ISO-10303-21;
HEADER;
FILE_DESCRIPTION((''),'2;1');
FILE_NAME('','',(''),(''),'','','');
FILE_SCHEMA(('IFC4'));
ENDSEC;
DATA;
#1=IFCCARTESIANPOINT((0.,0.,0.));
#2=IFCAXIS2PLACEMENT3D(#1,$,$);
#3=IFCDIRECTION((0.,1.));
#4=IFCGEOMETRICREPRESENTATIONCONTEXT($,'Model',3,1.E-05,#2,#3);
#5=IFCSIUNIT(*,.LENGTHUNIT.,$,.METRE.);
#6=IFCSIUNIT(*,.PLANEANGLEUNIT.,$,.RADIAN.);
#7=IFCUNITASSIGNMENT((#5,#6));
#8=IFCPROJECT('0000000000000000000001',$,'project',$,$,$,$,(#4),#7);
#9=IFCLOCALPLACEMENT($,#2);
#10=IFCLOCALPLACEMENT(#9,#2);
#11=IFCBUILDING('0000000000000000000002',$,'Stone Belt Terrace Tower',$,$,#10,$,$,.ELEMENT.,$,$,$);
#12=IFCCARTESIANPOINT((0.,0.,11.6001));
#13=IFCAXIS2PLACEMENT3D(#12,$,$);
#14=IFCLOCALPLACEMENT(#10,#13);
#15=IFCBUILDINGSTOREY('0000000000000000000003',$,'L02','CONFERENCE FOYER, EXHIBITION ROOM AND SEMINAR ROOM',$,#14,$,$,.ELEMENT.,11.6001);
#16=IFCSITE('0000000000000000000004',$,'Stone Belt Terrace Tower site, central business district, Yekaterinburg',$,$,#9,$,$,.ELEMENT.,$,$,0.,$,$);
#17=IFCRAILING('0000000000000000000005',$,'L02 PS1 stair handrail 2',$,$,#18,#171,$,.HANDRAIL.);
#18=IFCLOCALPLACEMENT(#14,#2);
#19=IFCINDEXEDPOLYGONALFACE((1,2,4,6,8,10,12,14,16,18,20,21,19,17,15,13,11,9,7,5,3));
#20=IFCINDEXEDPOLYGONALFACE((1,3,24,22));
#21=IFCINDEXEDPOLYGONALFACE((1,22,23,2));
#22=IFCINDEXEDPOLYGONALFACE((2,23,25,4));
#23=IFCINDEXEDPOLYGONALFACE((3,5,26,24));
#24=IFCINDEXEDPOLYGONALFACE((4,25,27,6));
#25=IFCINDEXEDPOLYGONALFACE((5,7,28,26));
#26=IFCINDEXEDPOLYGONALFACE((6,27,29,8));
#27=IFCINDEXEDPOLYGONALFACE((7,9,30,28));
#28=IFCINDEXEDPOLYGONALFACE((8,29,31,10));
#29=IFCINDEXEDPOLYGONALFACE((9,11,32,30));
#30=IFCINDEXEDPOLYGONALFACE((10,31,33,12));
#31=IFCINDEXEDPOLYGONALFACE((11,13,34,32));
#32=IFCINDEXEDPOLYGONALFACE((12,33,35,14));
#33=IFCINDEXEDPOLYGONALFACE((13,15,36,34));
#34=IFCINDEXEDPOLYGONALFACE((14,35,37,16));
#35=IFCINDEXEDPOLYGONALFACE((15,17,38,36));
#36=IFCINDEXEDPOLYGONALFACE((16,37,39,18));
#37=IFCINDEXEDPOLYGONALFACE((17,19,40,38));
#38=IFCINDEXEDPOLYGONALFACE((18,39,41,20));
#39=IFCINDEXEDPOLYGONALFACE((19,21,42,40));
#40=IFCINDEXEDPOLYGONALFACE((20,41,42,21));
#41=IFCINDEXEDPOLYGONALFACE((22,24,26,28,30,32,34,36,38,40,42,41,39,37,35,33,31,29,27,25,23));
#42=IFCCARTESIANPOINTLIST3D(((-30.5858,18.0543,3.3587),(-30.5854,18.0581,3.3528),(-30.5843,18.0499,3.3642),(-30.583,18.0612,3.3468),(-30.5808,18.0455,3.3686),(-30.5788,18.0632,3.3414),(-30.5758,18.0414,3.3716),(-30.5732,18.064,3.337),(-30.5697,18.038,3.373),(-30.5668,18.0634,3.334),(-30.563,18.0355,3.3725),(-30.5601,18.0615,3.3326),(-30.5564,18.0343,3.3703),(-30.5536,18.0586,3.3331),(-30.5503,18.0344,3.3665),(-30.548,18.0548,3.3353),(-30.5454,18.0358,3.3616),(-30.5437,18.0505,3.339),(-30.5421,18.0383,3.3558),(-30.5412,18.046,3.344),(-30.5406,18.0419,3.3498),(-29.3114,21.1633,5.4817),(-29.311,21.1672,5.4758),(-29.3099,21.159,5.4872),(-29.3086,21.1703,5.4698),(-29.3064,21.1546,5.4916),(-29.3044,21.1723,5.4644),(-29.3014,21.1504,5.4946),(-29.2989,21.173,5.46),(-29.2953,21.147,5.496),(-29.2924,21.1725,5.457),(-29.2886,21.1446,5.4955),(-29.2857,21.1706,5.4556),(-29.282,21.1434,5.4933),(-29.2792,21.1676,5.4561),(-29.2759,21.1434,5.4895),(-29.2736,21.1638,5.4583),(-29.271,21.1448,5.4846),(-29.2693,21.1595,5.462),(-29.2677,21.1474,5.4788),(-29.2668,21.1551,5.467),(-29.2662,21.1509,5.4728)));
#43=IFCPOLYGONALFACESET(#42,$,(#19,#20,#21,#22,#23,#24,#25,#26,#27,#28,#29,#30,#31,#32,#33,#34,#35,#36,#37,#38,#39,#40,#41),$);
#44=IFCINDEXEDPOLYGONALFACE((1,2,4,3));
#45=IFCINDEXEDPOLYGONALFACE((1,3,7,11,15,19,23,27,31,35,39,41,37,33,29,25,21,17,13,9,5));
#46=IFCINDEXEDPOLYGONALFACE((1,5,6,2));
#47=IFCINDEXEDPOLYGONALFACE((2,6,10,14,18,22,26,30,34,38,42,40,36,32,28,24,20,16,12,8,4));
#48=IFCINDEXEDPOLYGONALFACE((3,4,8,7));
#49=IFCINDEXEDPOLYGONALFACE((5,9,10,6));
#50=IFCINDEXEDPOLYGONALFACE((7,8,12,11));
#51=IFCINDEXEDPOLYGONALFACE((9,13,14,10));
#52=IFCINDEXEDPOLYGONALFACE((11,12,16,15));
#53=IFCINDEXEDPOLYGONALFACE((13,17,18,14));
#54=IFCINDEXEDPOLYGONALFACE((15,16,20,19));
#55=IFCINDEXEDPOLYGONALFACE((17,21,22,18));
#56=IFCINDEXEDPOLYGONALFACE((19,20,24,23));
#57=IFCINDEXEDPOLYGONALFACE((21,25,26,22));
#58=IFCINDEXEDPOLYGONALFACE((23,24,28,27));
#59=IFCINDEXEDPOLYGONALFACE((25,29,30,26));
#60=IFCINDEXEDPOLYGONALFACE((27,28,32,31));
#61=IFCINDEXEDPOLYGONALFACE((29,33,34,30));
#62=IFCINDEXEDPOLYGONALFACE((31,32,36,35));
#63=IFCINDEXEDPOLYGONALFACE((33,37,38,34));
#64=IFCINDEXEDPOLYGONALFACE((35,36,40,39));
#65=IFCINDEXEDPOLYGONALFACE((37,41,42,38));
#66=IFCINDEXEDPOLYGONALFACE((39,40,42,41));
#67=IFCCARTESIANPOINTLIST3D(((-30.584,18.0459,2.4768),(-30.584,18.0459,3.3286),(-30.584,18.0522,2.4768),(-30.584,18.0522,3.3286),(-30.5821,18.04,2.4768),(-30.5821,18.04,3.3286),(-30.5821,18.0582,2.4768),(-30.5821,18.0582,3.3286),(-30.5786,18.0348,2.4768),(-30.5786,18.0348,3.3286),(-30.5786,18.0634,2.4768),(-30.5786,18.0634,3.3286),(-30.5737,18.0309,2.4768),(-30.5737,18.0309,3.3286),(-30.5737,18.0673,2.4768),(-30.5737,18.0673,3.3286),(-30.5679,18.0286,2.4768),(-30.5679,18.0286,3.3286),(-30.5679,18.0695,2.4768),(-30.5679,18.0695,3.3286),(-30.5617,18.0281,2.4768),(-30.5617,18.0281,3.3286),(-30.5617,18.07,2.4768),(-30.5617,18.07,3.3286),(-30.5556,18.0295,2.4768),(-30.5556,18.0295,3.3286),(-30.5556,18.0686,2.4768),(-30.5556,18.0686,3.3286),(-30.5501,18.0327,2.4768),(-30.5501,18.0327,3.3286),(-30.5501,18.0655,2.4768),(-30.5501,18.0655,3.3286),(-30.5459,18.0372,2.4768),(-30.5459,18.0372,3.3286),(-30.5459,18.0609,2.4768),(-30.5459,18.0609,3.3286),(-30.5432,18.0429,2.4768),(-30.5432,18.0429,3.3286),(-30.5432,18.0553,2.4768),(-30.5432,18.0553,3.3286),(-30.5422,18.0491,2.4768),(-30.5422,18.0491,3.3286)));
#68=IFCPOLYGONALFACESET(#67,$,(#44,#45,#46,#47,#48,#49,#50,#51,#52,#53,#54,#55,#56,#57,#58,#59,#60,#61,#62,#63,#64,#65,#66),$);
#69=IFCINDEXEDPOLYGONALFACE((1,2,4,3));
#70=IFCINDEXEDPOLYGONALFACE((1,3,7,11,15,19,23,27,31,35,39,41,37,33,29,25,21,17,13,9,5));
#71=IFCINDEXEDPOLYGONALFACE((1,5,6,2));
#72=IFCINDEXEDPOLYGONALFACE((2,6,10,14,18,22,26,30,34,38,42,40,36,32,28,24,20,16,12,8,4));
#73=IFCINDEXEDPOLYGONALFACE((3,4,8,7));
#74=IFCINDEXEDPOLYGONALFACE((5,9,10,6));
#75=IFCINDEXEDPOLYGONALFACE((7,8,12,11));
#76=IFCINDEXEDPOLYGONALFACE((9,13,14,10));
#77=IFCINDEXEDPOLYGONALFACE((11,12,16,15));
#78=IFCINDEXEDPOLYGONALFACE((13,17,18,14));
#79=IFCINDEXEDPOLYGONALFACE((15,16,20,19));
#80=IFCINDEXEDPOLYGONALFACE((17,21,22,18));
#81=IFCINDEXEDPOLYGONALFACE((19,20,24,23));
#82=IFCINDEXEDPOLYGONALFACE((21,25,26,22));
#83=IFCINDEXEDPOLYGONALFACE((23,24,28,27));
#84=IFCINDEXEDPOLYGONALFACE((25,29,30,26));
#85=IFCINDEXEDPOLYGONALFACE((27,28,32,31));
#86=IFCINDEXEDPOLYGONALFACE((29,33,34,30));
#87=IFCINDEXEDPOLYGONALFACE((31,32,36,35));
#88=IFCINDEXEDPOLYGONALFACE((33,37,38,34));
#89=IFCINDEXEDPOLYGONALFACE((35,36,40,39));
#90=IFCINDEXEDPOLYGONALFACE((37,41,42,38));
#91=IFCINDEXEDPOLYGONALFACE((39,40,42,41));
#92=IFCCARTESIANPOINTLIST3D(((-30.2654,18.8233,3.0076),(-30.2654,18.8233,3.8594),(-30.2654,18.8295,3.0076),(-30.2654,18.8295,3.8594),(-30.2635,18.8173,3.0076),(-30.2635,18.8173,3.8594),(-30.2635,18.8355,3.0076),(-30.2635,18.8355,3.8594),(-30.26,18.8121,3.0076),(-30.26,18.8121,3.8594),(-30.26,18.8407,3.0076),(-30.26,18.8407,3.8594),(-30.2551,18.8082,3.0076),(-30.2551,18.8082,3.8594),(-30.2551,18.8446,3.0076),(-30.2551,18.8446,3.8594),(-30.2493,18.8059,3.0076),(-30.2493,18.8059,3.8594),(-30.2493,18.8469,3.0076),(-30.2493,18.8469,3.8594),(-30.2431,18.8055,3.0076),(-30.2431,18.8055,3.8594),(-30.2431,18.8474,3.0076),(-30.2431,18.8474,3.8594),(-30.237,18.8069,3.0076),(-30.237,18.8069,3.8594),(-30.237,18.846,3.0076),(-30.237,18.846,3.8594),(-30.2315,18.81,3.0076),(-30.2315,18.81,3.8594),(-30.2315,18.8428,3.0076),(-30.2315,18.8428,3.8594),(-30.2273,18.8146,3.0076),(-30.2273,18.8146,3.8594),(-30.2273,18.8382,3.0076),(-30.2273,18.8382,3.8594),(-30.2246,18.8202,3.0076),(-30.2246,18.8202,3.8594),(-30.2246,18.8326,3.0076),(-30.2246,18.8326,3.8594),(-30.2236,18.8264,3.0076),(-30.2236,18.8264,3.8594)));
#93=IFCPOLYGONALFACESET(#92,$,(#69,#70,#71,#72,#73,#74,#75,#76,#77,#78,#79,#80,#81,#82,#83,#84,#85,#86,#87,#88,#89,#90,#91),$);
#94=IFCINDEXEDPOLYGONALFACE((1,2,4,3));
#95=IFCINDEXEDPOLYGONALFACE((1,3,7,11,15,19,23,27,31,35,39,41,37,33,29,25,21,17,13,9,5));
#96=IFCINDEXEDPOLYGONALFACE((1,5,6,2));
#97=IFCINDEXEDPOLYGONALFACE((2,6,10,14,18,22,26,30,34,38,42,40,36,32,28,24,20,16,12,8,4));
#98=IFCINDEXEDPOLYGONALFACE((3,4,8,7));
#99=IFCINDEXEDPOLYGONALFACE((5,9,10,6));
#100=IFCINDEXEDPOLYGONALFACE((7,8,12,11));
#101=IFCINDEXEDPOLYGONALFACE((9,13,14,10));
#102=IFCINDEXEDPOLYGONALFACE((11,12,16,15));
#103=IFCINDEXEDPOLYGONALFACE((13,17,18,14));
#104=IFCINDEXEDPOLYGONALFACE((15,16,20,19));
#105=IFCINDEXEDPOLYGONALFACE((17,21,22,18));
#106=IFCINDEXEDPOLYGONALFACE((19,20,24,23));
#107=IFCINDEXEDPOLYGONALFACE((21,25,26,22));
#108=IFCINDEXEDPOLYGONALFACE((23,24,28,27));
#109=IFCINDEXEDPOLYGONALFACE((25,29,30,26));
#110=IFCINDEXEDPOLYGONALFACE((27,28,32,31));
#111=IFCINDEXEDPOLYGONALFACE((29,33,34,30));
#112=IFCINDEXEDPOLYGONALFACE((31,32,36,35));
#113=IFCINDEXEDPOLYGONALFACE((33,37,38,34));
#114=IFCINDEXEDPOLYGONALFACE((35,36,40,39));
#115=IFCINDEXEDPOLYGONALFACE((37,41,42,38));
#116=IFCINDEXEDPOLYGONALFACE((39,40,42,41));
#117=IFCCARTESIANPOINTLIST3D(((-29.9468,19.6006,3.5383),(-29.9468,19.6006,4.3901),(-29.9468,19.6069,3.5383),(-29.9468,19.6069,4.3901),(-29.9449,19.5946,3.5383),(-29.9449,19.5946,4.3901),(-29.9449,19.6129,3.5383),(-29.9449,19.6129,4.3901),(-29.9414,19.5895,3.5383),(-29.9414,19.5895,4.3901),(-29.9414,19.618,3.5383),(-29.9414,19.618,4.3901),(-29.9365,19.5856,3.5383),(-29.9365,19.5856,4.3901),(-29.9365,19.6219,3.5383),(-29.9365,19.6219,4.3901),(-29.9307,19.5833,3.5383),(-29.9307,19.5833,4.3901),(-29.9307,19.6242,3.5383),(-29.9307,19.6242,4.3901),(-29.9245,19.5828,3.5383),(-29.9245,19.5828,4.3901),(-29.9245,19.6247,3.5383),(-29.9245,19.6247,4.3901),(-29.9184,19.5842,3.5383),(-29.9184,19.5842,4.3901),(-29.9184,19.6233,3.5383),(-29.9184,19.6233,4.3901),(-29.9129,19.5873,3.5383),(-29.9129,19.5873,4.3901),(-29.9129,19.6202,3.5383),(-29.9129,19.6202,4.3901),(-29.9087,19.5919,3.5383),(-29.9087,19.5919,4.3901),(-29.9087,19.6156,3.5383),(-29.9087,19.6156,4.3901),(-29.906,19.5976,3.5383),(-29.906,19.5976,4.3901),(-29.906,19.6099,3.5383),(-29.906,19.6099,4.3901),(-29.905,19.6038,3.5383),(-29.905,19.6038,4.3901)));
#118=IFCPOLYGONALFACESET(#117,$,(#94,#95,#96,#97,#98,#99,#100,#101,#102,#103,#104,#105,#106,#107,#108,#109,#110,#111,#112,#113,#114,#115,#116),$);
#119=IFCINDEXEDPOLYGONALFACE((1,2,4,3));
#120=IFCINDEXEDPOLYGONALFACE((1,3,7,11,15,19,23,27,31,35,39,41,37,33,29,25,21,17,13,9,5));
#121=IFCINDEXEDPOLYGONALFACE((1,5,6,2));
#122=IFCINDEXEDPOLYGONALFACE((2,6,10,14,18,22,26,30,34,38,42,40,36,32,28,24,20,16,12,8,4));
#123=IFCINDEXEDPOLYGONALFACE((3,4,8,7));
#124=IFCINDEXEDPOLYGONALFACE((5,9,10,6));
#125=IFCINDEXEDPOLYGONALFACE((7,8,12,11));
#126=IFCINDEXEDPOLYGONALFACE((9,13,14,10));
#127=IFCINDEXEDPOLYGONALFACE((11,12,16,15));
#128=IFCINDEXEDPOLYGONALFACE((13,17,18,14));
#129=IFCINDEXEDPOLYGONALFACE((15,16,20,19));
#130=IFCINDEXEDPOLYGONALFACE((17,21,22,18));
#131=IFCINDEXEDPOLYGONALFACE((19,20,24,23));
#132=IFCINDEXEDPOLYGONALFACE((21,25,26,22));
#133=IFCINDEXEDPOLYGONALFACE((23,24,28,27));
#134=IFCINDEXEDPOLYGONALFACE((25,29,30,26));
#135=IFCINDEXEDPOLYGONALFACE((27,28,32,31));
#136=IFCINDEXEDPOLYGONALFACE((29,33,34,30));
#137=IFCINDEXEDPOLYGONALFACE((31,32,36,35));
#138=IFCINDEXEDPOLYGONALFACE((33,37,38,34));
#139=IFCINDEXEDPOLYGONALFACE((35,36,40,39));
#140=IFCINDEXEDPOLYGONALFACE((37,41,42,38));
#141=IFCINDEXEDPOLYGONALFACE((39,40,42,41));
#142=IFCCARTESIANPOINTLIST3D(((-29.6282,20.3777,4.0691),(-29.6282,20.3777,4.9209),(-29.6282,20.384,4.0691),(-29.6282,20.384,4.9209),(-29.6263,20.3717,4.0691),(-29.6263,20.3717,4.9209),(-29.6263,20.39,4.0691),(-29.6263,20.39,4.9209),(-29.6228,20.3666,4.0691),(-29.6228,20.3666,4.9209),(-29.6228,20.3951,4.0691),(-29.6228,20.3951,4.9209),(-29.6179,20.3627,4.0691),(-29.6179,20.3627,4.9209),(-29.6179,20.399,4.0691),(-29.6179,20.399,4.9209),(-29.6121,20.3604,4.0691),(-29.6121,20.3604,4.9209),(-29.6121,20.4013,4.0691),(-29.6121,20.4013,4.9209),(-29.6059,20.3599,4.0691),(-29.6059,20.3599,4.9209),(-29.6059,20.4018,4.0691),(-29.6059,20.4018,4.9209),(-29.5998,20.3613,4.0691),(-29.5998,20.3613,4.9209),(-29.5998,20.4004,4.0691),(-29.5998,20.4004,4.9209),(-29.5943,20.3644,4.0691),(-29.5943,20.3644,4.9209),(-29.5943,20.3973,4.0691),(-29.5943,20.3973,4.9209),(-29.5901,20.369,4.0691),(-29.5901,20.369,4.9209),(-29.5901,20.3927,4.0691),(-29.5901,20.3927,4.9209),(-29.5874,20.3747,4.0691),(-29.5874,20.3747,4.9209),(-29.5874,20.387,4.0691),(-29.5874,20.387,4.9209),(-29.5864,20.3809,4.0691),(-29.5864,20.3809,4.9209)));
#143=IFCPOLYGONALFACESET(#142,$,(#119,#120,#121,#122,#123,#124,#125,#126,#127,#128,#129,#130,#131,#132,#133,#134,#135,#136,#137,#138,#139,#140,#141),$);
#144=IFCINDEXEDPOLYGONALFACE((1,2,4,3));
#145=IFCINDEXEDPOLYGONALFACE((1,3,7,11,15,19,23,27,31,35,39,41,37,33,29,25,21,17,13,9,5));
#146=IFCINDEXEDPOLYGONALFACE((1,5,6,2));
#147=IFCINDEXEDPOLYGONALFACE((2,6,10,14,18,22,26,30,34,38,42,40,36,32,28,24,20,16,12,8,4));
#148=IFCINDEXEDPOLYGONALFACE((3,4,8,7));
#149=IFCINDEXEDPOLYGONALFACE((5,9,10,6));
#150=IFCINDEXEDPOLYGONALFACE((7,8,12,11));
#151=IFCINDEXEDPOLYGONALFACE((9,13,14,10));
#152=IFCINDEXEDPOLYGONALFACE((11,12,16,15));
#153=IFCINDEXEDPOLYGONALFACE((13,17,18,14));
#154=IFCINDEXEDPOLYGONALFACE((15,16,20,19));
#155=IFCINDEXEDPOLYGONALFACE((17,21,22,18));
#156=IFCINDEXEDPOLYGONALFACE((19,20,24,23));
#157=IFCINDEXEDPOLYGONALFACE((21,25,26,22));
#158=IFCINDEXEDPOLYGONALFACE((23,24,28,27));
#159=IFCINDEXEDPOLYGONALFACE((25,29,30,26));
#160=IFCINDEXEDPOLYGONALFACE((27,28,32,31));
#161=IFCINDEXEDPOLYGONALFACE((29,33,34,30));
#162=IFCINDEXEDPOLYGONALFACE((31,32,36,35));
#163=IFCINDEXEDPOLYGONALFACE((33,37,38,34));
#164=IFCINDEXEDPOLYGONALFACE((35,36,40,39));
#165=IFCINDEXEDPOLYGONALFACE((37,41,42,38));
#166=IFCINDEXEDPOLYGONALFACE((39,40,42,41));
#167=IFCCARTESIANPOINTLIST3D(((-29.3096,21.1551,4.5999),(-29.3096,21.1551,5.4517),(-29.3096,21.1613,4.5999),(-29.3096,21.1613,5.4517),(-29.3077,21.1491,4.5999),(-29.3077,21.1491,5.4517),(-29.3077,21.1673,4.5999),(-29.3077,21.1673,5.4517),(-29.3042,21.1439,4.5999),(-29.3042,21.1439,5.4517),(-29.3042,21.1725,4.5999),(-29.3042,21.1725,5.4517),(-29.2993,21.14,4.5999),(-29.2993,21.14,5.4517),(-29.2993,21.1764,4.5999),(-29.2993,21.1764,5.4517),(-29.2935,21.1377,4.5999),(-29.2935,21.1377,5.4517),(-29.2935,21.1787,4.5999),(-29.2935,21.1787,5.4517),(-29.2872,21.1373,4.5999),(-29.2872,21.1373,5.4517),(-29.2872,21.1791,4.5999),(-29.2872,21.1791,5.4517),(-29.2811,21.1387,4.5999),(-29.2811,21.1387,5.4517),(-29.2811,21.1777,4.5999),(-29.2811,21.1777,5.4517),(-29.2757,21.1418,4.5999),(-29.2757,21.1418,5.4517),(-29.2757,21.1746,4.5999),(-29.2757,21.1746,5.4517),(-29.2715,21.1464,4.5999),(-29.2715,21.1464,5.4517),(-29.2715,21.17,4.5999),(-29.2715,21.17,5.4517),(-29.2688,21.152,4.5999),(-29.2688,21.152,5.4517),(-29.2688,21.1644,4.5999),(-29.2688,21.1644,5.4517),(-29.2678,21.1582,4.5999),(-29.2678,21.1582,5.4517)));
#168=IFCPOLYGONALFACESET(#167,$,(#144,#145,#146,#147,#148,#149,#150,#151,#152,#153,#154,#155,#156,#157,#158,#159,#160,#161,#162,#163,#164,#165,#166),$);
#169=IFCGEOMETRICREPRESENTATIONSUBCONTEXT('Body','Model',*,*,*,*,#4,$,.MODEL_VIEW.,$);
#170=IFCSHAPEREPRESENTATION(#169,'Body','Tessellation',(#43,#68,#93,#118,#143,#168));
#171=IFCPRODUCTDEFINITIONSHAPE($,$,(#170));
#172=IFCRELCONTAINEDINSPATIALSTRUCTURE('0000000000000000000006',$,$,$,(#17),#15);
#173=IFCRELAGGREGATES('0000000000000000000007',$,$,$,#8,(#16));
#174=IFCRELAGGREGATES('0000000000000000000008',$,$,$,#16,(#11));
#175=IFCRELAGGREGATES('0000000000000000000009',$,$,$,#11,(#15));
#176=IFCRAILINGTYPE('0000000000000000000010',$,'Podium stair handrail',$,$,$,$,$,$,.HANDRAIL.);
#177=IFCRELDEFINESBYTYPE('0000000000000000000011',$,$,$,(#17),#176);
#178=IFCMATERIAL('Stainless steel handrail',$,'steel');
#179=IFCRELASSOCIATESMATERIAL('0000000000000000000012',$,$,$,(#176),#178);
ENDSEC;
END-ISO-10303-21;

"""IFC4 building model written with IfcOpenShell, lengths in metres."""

from ifc_helpers import new_model, si_unit, direction, frame, origin, origin_2d, place, context, subcontext, project, spatial, circle, extrude, material, type_object, element, save


model = new_model("IFC4")

# Units and contexts
model_context = context("Model", 3, precision=1e-05, world=origin(), true_north=direction((0.0, 1.0)))
body_context = subcontext(model_context, "Body", "Model", "MODEL_VIEW")
ifc_project = project(units=[si_unit("LENGTHUNIT", "METRE"), si_unit("PLANEANGLEUNIT", "RADIAN")], contexts=[model_context])

# Site, building, storey
site_placement = place(None, origin())
site = spatial("IfcSite", under=ifc_project, at=site_placement, Name="Stone Belt Terrace Tower site, central business district, Yekaterinburg", CompositionType="ELEMENT", RefElevation=0.0)
building_placement = place(site_placement, origin())
building = spatial("IfcBuilding", under=site, at=building_placement, Name="Stone Belt Terrace Tower", CompositionType="ELEMENT")
storey_placement = place(building_placement, frame((0.0, 0.0, 11.6001)))
storey = spatial("IfcBuildingStorey", under=building, at=storey_placement, Name="L02", Description="CONFERENCE FOYER, EXHIBITION ROOM AND SEMINAR ROOM", CompositionType="ELEMENT", Elevation=11.6001)

# Railing
ifc_material_1 = material(Name="Stainless steel handrail", Category="steel")
railing_type_1 = type_object("IfcRailingType", Name="Podium stair handrail", PredefinedType="HANDRAIL", material=ifc_material_1)
railing_1_placement = place(storey_placement, frame((-30.5632, 18.0491, 2.4768)))
element("IfcRailing", 1, at=railing_1_placement, inside=storey, type_object=railing_type_1, Name="L02 PS1 stair handrail 2", PredefinedType="HANDRAIL", context=body_context, shape_type="SweptSolid", body=[
    extrude(circle(Radius=0.0239, at=origin_2d()), frame((0.0, 0.0, 0.876), z_axis=(0.320632, 0.782232, 0.534142), x_axis=(-0.925286, 0.379269, 0.0)), (0.0, 0.0, 1.0), 3.9746),
    extrude(circle(Radius=0.021, at=origin_2d()), origin(), (0.0, 0.0, 1.0), 0.8518),
    extrude(circle(Radius=0.021, at=origin_2d()), frame((0.3186, 0.7773, 0.5308)), (0.0, 0.0, 1.0), 0.8518),
    extrude(circle(Radius=0.021, at=origin_2d()), frame((0.6372, 1.5547, 1.0615)), (0.0, 0.0, 1.0), 0.8518),
    extrude(circle(Radius=0.021, at=origin_2d()), frame((0.9558, 2.3318, 1.5923)), (0.0, 0.0, 1.0), 0.8518),
    extrude(circle(Radius=0.021, at=origin_2d()), frame((1.2744, 3.1091, 2.123)), (0.0, 0.0, 1.0), 0.8518),
])

save(model, "model.ifc")
